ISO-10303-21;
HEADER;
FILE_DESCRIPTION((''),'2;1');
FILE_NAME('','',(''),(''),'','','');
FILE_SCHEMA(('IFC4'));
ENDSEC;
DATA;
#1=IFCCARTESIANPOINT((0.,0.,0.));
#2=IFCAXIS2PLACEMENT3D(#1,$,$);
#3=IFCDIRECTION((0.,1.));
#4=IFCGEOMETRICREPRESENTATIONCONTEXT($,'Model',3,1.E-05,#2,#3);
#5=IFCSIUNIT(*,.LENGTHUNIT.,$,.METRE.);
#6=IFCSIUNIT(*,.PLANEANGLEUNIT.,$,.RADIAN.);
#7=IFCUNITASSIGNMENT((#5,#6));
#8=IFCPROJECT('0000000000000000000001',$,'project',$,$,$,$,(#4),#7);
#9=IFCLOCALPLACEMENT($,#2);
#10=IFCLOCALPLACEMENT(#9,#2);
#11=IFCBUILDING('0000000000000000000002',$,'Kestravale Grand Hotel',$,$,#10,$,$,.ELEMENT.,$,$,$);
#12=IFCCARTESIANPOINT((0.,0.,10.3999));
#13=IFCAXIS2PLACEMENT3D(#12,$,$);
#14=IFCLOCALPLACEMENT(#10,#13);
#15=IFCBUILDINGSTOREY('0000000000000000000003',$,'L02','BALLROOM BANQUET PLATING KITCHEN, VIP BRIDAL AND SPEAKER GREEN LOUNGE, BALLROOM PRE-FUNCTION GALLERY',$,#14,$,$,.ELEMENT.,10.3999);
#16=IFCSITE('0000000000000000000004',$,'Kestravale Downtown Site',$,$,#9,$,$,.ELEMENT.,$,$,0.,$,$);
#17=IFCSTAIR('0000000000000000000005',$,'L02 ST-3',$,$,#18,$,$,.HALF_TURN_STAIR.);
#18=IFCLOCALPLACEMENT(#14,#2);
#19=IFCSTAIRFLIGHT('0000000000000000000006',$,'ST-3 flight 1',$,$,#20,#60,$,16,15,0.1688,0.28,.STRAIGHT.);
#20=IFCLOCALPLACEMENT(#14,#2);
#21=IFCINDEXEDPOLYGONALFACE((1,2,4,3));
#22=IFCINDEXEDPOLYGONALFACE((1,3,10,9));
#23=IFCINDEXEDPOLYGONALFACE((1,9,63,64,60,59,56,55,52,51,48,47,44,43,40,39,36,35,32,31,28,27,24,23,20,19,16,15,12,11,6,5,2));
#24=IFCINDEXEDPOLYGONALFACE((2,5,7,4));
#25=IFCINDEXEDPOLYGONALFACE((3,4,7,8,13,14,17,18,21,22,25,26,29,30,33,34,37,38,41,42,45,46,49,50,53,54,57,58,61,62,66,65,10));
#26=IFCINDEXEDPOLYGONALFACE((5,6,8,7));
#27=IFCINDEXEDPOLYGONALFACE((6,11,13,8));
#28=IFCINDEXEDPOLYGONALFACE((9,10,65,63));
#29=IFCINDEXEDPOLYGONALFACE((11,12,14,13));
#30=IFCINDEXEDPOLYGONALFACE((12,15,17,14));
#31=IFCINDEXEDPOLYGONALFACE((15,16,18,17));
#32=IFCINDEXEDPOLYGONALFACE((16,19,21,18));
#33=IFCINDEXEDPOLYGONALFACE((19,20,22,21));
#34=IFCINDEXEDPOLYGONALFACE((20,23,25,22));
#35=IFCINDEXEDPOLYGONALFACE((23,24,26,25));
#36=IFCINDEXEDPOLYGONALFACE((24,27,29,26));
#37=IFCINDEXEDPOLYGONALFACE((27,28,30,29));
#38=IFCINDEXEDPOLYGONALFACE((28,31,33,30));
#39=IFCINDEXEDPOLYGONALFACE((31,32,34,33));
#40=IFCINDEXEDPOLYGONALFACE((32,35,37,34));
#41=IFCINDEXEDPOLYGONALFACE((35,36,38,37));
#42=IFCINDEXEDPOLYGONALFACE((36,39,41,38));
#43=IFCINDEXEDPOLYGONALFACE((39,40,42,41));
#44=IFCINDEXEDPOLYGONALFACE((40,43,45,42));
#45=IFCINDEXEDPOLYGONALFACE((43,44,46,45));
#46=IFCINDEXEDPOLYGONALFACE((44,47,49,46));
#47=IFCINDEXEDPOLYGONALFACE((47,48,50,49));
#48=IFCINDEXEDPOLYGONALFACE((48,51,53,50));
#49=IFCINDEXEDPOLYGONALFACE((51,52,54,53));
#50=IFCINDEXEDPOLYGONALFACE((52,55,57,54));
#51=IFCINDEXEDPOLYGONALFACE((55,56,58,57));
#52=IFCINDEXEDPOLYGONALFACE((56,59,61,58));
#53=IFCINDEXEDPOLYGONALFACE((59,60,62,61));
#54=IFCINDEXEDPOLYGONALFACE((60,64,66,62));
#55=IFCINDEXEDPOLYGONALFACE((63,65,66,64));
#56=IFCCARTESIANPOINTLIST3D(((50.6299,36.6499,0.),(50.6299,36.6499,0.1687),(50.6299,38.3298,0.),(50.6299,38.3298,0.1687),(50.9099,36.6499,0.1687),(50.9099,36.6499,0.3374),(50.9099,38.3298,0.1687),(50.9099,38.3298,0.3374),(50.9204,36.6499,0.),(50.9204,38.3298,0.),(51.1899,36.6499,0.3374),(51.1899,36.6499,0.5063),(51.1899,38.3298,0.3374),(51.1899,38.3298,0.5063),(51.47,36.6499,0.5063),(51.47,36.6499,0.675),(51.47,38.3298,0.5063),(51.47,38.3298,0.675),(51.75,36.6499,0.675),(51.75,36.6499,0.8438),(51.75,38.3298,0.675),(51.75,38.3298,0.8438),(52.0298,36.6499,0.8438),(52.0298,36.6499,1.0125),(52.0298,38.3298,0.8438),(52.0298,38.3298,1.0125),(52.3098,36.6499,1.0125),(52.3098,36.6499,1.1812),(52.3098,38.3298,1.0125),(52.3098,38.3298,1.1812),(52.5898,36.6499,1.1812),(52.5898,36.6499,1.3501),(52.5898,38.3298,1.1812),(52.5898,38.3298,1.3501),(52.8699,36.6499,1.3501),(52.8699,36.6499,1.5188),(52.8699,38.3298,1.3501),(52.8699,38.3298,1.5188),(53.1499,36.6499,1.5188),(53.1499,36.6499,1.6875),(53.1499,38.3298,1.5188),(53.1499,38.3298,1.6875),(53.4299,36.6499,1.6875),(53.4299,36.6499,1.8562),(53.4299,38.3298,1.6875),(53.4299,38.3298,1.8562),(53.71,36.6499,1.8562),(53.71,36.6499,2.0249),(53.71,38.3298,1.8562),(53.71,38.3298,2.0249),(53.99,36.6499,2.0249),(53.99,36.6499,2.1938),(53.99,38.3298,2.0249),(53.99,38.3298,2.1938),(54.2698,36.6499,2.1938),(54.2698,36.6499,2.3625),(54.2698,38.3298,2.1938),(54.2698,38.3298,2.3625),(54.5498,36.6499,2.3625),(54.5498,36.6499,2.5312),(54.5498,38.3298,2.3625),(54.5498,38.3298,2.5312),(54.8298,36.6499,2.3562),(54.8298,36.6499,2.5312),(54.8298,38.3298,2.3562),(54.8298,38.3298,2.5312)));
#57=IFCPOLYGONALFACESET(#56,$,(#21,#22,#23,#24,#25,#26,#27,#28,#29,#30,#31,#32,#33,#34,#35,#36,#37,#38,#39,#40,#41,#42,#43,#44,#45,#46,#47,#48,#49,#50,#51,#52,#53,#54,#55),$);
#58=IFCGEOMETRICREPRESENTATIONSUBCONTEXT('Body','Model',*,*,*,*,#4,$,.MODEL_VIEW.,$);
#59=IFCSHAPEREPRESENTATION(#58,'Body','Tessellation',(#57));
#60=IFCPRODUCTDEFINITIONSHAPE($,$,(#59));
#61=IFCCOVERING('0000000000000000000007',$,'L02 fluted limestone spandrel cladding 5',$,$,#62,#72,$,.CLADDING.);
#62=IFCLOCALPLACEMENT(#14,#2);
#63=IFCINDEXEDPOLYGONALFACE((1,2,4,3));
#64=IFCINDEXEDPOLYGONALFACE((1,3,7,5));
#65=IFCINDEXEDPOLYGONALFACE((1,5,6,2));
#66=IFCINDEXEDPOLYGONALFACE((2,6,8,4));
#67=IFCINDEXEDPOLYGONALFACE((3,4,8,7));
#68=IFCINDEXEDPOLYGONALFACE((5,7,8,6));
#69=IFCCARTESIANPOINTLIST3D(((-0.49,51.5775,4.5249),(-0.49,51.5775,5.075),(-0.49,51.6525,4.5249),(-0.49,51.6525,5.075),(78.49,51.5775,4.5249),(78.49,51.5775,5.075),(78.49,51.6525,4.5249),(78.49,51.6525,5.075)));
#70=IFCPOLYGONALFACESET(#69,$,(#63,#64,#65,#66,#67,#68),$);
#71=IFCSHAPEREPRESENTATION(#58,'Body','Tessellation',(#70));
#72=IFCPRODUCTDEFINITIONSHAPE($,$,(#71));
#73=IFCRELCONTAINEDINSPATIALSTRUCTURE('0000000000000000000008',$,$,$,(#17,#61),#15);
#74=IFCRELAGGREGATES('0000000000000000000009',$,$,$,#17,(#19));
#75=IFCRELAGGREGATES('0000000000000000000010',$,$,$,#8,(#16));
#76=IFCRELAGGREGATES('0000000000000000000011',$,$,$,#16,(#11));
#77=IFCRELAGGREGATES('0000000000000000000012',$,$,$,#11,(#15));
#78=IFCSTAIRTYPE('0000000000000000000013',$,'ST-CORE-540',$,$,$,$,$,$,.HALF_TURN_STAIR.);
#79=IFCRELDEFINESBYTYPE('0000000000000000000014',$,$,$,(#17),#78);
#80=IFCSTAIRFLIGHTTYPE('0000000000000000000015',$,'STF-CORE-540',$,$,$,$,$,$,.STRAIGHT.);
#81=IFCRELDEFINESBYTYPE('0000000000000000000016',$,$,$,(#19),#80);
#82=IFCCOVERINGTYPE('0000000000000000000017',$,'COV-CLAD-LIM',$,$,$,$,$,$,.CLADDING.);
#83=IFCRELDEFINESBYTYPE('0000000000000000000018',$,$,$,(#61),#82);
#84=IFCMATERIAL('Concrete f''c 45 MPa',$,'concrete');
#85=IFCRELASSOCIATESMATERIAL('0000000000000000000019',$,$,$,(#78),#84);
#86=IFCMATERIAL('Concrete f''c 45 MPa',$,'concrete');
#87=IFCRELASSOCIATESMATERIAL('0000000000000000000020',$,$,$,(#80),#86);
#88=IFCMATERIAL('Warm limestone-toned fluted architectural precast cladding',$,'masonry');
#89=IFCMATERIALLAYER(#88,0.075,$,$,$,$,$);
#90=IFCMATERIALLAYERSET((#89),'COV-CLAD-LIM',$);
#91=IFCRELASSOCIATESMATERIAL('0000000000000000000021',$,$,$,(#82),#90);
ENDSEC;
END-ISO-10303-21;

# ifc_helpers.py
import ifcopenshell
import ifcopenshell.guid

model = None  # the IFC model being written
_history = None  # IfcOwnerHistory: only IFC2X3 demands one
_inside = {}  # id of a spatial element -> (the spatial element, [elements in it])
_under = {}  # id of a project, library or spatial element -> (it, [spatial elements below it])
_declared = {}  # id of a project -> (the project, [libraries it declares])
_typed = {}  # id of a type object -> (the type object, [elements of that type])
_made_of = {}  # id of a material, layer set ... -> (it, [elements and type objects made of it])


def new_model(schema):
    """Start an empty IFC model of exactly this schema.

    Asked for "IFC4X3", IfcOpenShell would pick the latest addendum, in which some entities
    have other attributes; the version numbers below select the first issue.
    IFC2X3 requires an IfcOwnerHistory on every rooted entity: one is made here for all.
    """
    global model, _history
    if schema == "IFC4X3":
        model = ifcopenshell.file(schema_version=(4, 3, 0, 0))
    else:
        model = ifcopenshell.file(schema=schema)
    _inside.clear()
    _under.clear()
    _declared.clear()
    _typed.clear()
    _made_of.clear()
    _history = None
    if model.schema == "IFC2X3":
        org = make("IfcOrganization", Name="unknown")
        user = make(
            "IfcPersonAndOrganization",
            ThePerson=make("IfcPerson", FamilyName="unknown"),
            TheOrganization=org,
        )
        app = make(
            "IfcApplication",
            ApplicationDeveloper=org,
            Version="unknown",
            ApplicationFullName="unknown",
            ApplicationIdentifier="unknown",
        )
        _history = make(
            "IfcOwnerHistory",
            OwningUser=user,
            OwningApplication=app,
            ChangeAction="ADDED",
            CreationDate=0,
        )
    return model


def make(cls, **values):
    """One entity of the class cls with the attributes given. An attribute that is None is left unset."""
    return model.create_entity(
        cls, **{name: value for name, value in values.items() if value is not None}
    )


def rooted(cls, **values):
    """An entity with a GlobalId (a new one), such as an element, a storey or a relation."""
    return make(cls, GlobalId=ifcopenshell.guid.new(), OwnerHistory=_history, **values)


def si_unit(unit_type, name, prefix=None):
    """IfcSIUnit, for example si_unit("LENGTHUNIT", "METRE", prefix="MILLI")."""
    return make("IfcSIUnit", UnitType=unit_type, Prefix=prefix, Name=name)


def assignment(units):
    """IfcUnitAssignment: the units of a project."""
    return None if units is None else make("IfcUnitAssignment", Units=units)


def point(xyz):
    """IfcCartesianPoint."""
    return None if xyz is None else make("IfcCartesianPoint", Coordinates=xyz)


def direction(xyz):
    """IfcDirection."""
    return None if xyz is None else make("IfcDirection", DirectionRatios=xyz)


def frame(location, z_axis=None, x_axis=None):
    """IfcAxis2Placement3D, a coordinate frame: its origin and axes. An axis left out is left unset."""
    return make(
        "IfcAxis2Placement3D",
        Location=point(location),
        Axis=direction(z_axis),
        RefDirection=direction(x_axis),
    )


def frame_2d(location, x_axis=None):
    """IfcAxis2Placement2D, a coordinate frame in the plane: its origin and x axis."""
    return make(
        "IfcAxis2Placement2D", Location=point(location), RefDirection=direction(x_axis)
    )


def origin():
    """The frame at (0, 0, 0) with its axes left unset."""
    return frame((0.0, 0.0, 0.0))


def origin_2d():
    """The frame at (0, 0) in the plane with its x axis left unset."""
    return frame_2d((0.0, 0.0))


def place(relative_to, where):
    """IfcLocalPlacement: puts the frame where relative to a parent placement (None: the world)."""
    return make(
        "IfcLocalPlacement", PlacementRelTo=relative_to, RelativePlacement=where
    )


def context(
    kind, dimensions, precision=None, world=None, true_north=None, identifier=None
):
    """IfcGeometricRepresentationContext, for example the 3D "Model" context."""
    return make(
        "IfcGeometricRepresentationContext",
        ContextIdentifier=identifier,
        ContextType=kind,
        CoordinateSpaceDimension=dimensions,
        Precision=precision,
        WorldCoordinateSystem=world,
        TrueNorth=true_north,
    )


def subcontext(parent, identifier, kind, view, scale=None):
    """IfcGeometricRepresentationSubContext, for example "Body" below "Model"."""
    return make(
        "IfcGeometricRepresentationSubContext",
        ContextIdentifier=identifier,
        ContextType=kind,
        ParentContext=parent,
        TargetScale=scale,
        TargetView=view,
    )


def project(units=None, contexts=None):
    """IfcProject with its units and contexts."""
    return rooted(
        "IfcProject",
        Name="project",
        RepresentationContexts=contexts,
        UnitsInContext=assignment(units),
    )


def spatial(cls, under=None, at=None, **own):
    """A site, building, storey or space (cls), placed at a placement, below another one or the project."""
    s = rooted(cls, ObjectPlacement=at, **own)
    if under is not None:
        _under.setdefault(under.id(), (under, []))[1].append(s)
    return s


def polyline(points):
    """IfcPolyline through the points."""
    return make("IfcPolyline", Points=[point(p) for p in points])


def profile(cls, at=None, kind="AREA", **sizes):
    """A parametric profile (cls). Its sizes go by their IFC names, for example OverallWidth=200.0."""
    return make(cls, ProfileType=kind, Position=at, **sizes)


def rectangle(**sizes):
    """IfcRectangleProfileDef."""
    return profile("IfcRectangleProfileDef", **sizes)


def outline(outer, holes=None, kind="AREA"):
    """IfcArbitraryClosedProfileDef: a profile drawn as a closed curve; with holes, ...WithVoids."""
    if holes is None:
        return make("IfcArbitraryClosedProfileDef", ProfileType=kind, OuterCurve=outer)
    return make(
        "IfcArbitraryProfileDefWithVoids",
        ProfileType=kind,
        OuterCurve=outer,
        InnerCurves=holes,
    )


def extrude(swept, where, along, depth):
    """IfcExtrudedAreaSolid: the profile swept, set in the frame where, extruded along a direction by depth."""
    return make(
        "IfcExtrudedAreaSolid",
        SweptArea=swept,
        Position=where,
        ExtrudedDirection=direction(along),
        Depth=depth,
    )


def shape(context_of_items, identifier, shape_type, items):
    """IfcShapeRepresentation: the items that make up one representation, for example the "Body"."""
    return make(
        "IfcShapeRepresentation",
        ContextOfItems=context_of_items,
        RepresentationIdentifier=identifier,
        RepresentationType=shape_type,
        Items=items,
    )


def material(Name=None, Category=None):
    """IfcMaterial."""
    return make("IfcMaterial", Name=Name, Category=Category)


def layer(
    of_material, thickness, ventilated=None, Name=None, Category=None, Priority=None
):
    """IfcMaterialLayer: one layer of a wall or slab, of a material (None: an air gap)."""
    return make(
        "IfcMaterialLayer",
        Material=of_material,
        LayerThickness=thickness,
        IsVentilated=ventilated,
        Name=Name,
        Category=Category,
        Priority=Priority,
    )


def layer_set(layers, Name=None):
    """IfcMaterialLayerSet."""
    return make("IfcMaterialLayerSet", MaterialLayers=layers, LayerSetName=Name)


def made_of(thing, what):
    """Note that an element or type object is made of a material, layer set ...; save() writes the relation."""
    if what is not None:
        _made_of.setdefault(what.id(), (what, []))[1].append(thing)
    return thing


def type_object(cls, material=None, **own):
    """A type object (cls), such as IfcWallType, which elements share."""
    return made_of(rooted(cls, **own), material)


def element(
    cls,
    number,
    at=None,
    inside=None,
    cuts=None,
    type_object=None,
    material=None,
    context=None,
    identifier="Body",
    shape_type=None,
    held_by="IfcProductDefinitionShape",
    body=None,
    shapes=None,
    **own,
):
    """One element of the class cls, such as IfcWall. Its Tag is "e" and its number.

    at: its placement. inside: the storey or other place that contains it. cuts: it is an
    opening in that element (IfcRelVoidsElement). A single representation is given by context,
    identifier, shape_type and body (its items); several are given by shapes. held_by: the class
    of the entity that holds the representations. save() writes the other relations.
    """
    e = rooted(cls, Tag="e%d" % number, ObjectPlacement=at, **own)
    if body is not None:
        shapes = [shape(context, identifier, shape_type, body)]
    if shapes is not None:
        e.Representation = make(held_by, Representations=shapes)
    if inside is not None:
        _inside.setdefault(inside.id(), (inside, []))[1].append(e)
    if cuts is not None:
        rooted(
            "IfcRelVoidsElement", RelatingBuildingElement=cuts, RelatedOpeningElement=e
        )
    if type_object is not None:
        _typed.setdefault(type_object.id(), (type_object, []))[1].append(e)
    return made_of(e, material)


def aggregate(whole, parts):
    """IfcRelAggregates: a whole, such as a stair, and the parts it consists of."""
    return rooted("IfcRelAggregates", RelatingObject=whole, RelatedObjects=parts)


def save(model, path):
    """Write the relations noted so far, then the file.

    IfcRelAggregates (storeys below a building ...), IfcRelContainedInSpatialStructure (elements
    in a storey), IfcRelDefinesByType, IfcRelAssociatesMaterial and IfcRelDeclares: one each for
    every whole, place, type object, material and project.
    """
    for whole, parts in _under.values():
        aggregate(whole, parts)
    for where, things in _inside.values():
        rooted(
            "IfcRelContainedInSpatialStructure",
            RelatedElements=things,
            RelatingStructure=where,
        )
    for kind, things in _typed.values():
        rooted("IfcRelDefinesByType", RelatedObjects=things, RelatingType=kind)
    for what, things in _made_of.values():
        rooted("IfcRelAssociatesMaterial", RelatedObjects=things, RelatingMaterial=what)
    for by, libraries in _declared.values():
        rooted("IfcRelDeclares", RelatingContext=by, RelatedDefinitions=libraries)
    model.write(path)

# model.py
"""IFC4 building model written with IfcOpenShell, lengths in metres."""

from ifc_helpers import new_model, si_unit, direction, frame, origin, origin_2d, place, context, subcontext, project, spatial, polyline, rectangle, outline, extrude, material, layer, layer_set, type_object, element, aggregate, save


model = new_model("IFC4")

# Units and contexts
model_context = context("Model", 3, precision=1e-05, world=origin(), true_north=direction((0.0, 1.0)))
body_context = subcontext(model_context, "Body", "Model", "MODEL_VIEW")
ifc_project = project(units=[si_unit("LENGTHUNIT", "METRE"), si_unit("PLANEANGLEUNIT", "RADIAN")], contexts=[model_context])

# Site, building, storey
site_placement = place(None, origin())
site = spatial("IfcSite", under=ifc_project, at=site_placement, Name="Kestravale Downtown Site", CompositionType="ELEMENT", RefElevation=0.0)
building_placement = place(site_placement, origin())
building = spatial("IfcBuilding", under=site, at=building_placement, Name="Kestravale Grand Hotel", CompositionType="ELEMENT")
storey_placement = place(building_placement, frame((0.0, 0.0, 10.3999)))
storey = spatial("IfcBuildingStorey", under=building, at=storey_placement, Name="L02", Description="BALLROOM BANQUET PLATING KITCHEN, VIP BRIDAL AND SPEAKER GREEN LOUNGE, BALLROOM PRE-FUNCTION GALLERY", CompositionType="ELEMENT", Elevation=10.3999)

# Shared definitions
ifc_material_1 = material(Name="Concrete f'c 45 MPa", Category="concrete")
stair_type = type_object("IfcStairType", Name="ST-CORE-540", PredefinedType="HALF_TURN_STAIR", material=ifc_material_1)
ifc_material_2 = material(Name="Concrete f'c 45 MPa", Category="concrete")
stair_flight_type = type_object("IfcStairFlightType", Name="STF-CORE-540", PredefinedType="STRAIGHT", material=ifc_material_2)

# Stair, stair flight
stair_1_placement = place(storey_placement, origin())
stair_1 = element("IfcStair", 1, at=stair_1_placement, inside=storey, type_object=stair_type, Name="L02 ST-3", PredefinedType="HALF_TURN_STAIR")
stair_flight_1_placement = place(storey_placement, frame((50.6299, 37.49, 0.0), z_axis=(0.0, 0.0, 1.0), x_axis=(1.0, 0.0, 0.0)))
stair_flight_1 = element("IfcStairFlight", 2, at=stair_flight_1_placement, type_object=stair_flight_type, Name="ST-3 flight 1", NumberOfRisers=16, NumberOfTreads=15, PredefinedType="STRAIGHT", RiserHeight=0.1688, TreadLength=0.28, context=body_context, shape_type="SweptSolid", body=[
    extrude(outline(polyline([(0.0, 0.0), (0.0, 0.1687), (0.28, 0.1687), (0.28, 0.3374), (0.5601, 0.3374), (0.5601, 0.5063), (0.8401, 0.5063), (0.8401, 0.675), (1.1201, 0.675), (1.1201, 0.8438), (1.3999, 0.8438), (1.3999, 1.0125), (1.6799, 1.0125), (1.6799, 1.1812), (1.96, 1.1812), (1.96, 1.3501), (2.24, 1.3501), (2.24, 1.5188), (2.52, 1.5188), (2.52, 1.6875), (2.8, 1.6875), (2.8, 1.8562), (3.0801, 1.8562), (3.0801, 2.0249), (3.3601, 2.0249), (3.3601, 2.1938), (3.6399, 2.1938), (3.6399, 2.3625), (3.9199, 2.3625), (3.9199, 2.5312), (4.2, 2.5312), (4.2, 2.7), (4.2, 2.3562), (0.2905, 0.0), (0.0, 0.0)])), frame((0.0, 0.8398, 0.0), z_axis=(0.0, -1.0, 0.0), x_axis=(1.0, 0.0, 0.0)), (0.0, 0.0, 1.0), 1.6799),
])
aggregate(stair_1, [stair_flight_1])

# Covering
ifc_material_3 = material(Name="Warm limestone-toned fluted architectural precast cladding", Category="masonry")
ifc_layer_1 = layer(ifc_material_3, 0.075)
ifc_layer_set_1 = layer_set([ifc_layer_1], Name="COV-CLAD-LIM")
covering_type = type_object("IfcCoveringType", Name="COV-CLAD-LIM", PredefinedType="CLADDING", material=ifc_layer_set_1)
covering_placement = place(storey_placement, frame((39.0, 51.615, 4.5249), z_axis=(0.0, 0.0, 1.0), x_axis=(-1.0, 0.0, 0.0)))
element("IfcCovering", 3, at=covering_placement, inside=storey, type_object=covering_type, Name="L02 fluted limestone spandrel cladding 5", PredefinedType="CLADDING", context=body_context, shape_type="SweptSolid", body=[
    extrude(rectangle(XDim=78.98, YDim=0.075, at=origin_2d()), origin(), (0.0, 0.0, 1.0), 0.55),
])

save(model, "model.ifc")
